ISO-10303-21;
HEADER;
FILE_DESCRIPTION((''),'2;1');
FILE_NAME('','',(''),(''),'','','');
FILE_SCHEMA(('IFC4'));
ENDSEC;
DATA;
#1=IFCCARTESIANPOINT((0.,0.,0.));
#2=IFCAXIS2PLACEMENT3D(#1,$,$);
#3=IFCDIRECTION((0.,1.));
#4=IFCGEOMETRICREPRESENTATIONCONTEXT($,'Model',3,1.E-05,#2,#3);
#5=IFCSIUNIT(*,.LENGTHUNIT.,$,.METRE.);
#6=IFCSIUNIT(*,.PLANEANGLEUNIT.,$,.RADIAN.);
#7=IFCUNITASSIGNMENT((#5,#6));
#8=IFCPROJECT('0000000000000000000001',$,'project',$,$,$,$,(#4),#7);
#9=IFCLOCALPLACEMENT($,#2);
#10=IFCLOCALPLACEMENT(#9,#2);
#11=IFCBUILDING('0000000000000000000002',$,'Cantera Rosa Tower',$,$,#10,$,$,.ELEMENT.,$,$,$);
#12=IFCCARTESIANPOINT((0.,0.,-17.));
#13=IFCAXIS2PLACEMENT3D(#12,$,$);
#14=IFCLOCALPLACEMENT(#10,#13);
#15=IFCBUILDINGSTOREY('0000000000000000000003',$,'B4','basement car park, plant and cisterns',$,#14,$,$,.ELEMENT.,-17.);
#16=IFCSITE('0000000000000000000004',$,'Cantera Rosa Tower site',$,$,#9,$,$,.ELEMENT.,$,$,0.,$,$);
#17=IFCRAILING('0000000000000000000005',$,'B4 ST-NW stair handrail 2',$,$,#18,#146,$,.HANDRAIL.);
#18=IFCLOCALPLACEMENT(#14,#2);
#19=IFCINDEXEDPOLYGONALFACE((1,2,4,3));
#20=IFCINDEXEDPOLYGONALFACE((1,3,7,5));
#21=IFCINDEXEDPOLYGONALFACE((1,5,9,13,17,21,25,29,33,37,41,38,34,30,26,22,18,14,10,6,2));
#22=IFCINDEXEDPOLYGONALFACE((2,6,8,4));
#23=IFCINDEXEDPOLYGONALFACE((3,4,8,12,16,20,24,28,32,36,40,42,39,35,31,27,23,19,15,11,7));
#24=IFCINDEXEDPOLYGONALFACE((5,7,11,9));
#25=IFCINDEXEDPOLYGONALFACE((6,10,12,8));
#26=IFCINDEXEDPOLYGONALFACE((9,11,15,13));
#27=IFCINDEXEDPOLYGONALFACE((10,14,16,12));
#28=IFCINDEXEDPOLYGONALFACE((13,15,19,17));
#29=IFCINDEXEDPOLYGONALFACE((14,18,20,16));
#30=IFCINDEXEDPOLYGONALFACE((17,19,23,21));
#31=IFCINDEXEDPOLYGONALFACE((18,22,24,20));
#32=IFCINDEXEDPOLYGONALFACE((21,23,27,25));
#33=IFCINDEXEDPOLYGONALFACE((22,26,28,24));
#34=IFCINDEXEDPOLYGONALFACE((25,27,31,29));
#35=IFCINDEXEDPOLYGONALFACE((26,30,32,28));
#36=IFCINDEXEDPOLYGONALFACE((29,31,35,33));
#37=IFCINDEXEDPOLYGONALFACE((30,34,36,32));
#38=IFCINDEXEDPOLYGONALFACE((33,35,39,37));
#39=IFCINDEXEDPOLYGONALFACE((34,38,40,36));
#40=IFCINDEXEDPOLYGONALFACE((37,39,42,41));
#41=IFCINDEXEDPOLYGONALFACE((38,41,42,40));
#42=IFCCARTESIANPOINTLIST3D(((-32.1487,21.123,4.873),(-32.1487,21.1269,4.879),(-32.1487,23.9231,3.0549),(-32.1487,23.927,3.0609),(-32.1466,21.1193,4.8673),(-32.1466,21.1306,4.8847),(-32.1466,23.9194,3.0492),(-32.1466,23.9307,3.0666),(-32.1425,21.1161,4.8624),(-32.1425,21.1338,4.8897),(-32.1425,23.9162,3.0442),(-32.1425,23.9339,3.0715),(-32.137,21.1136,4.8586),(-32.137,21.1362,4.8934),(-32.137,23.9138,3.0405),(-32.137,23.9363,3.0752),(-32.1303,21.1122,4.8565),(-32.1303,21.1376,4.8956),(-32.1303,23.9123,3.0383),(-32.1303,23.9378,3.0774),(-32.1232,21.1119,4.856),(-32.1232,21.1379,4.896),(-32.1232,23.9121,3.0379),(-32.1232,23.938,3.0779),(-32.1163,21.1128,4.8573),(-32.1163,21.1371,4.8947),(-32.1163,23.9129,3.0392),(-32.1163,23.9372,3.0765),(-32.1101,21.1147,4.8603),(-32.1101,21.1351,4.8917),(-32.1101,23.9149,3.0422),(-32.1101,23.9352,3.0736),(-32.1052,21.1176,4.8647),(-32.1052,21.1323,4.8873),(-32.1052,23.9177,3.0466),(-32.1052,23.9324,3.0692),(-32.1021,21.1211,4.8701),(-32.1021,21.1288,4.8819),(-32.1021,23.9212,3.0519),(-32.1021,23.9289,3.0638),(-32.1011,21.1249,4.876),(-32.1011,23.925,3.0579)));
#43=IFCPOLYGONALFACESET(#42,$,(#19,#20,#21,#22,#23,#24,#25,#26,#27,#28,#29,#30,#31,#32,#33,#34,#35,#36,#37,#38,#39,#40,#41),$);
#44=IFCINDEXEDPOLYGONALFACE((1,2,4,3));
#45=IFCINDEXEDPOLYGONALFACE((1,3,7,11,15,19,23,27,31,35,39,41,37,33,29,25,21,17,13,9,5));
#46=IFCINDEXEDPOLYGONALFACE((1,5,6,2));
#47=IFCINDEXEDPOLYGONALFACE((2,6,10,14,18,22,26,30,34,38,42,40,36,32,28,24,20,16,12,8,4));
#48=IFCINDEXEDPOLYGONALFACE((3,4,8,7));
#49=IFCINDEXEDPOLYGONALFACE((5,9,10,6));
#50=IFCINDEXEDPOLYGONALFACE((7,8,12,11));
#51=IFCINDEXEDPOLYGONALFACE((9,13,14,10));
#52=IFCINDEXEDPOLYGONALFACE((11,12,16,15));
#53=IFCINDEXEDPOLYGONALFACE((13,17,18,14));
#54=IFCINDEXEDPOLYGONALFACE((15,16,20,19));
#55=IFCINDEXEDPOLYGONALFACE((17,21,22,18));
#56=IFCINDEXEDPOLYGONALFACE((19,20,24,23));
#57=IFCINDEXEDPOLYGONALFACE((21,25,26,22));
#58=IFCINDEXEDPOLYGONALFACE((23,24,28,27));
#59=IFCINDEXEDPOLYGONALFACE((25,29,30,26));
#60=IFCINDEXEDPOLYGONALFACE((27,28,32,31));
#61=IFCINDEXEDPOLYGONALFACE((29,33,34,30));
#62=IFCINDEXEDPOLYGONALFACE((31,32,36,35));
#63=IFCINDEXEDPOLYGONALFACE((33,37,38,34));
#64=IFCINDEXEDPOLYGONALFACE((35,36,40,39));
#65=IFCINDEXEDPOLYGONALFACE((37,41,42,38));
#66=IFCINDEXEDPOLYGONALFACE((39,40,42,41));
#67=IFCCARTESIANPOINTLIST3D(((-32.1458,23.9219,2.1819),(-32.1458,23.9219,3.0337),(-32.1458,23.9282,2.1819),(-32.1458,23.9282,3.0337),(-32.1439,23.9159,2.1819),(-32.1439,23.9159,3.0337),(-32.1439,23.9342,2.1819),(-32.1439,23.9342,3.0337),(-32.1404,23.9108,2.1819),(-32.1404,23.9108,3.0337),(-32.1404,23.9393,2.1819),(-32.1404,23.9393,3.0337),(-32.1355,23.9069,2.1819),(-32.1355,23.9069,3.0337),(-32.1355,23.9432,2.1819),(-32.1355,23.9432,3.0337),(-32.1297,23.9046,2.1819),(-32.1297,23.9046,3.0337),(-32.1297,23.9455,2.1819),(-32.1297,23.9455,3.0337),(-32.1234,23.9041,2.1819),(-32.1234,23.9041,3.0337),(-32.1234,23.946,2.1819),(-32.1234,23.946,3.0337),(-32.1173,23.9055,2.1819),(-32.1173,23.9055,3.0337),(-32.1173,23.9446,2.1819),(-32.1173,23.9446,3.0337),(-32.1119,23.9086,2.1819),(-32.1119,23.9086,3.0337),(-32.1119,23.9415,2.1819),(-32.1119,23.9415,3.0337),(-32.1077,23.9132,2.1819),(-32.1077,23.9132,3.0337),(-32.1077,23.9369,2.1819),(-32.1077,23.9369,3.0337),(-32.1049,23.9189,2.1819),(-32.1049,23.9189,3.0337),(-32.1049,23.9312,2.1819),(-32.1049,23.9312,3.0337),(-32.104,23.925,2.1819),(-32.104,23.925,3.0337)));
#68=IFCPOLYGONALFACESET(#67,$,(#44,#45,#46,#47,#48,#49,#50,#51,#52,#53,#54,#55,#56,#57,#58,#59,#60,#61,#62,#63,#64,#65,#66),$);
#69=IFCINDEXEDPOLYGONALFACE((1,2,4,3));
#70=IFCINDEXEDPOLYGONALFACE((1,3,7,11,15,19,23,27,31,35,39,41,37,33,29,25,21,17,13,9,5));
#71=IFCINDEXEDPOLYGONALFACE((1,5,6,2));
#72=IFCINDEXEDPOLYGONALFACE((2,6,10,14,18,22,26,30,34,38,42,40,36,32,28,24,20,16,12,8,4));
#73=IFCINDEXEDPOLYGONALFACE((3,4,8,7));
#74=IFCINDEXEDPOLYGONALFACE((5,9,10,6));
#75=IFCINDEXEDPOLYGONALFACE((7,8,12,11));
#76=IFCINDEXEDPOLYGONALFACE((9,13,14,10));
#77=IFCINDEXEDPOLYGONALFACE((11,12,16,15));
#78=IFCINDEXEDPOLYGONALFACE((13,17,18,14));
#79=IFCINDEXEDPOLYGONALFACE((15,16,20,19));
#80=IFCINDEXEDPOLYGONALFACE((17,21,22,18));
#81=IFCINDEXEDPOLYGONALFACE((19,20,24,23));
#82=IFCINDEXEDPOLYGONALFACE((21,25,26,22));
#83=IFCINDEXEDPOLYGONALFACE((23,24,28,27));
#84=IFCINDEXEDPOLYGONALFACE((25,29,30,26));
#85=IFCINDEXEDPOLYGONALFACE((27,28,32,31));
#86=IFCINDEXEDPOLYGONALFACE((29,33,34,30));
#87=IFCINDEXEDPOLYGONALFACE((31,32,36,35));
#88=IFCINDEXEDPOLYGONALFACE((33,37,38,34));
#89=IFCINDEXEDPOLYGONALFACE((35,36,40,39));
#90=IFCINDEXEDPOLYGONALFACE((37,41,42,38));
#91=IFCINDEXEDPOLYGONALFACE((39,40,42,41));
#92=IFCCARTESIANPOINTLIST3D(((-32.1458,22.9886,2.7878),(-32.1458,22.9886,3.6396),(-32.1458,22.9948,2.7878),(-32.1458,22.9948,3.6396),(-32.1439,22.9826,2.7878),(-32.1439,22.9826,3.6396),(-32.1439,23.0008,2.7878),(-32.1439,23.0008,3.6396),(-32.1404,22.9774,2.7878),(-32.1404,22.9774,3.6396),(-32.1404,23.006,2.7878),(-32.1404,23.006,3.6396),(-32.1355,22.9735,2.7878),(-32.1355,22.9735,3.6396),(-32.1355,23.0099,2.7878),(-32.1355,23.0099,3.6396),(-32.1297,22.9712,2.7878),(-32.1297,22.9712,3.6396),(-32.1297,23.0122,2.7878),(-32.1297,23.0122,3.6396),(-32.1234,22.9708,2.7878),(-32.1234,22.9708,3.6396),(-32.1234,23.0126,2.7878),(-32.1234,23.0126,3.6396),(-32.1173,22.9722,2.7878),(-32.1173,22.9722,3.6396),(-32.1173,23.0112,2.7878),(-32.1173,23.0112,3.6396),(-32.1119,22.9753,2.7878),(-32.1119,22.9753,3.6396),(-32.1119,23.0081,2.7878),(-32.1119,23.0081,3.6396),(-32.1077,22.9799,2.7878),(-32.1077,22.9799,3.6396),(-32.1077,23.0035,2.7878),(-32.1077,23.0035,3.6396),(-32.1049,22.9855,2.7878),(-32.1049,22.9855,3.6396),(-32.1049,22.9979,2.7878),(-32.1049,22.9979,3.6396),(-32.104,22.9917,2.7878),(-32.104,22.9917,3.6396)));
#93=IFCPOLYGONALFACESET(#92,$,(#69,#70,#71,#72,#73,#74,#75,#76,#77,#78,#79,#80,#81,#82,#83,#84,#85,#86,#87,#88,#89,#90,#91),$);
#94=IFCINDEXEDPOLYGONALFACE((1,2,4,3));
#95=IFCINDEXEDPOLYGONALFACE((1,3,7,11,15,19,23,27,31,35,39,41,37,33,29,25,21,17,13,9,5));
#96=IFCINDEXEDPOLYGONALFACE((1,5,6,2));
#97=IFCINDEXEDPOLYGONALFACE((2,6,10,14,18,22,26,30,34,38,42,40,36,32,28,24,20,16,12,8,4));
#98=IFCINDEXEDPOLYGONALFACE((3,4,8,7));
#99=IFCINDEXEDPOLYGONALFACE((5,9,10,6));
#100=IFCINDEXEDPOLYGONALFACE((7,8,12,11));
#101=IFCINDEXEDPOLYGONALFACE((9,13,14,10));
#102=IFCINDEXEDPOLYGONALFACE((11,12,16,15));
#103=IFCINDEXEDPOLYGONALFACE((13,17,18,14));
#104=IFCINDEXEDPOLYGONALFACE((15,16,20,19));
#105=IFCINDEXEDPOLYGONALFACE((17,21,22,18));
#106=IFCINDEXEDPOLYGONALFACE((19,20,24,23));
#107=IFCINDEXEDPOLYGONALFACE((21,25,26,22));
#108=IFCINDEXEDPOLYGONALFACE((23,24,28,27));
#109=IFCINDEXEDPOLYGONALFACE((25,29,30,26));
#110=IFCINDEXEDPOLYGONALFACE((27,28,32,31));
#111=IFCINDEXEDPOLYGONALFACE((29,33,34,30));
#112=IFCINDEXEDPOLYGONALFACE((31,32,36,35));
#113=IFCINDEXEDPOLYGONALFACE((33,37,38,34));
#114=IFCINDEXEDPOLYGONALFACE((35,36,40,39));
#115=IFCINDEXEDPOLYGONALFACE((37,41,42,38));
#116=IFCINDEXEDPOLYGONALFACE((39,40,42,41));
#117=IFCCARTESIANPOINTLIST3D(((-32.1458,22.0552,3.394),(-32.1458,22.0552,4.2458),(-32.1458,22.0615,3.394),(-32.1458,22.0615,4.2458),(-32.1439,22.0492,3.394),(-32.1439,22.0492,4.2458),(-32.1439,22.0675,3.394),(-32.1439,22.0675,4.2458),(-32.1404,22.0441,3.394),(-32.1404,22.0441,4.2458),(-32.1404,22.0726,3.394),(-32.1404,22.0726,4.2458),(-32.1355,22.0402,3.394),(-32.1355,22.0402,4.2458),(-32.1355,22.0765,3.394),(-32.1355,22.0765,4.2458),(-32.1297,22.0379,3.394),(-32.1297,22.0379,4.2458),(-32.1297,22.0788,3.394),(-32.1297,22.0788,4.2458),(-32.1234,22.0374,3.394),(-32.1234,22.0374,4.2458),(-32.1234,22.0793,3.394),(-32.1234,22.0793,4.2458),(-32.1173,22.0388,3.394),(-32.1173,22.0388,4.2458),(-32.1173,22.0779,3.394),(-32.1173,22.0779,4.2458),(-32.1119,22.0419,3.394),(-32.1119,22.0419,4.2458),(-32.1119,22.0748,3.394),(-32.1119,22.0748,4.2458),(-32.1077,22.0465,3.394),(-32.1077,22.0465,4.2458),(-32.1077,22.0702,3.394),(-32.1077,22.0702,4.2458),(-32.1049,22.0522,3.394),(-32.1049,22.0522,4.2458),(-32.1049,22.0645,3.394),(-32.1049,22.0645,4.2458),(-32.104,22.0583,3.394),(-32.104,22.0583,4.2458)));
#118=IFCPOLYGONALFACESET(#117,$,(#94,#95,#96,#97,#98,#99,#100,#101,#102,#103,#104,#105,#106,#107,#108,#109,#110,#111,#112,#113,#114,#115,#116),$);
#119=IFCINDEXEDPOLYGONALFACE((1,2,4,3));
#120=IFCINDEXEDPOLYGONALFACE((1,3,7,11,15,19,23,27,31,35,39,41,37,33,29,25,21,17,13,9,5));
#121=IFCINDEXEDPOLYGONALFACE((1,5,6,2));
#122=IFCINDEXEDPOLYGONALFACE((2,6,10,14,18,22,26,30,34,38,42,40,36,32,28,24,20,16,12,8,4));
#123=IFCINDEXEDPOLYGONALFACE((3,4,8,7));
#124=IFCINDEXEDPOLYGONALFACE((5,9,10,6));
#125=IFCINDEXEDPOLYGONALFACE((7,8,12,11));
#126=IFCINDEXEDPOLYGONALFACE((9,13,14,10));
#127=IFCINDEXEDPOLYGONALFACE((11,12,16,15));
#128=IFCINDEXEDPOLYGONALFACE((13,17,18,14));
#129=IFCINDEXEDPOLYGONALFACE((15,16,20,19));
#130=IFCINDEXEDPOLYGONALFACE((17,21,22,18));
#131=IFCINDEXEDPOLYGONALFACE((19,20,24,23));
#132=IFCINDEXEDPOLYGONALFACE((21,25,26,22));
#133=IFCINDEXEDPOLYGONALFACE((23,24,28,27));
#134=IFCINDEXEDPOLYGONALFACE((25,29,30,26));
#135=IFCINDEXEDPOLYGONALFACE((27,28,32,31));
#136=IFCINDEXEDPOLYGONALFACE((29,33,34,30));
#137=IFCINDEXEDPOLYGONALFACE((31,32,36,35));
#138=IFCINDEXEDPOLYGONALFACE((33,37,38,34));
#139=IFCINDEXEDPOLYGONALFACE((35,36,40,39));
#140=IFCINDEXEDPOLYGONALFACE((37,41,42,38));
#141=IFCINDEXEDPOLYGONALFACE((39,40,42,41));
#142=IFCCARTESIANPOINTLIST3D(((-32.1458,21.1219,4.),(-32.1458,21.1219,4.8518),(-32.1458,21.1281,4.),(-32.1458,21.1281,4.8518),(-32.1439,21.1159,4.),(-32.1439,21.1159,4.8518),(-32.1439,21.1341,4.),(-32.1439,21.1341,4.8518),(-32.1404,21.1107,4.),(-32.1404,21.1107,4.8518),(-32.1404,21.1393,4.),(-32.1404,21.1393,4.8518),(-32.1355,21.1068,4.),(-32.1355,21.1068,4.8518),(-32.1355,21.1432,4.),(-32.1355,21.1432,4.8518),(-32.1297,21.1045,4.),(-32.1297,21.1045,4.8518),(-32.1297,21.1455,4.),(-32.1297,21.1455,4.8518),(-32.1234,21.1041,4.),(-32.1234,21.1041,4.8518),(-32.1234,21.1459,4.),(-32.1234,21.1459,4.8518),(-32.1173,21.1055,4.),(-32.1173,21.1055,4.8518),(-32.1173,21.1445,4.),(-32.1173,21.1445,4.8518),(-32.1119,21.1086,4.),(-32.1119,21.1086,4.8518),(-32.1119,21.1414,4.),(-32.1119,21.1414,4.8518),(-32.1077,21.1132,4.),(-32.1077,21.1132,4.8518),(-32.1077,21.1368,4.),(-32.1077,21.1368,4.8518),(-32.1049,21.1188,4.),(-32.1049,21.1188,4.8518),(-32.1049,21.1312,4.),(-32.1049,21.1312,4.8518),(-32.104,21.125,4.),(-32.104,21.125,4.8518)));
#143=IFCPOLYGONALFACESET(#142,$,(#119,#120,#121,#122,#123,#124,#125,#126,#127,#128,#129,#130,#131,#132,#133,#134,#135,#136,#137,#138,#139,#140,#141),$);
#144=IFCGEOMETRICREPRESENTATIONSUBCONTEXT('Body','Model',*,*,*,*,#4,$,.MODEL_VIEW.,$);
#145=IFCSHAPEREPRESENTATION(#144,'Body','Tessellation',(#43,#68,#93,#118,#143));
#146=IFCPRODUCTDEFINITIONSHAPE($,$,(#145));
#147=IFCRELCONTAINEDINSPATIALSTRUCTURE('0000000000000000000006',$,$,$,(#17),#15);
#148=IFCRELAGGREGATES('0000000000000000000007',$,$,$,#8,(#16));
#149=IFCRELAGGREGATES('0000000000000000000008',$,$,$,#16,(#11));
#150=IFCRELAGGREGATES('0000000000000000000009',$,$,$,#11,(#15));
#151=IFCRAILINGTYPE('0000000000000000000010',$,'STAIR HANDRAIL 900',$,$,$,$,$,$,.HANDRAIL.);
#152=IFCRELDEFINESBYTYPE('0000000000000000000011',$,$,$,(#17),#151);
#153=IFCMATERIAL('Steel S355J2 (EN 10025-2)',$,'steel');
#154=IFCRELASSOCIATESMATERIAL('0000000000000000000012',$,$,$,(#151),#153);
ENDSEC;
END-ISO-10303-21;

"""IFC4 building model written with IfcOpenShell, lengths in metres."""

from ifc_helpers import new_model, si_unit, direction, frame, origin, origin_2d, place, context, subcontext, project, spatial, circle, extrude, material, type_object, element, save


model = new_model("IFC4")

# Units and contexts
model_context = context("Model", 3, precision=1e-05, world=origin(), true_north=direction((0.0, 1.0)))
body_context = subcontext(model_context, "Body", "Model", "MODEL_VIEW")
ifc_project = project(units=[si_unit("LENGTHUNIT", "METRE"), si_unit("PLANEANGLEUNIT", "RADIAN")], contexts=[model_context])

# Site, building, storey
site_placement = place(None, origin())
site = spatial("IfcSite", under=ifc_project, at=site_placement, Name="Cantera Rosa Tower site", CompositionType="ELEMENT", RefElevation=0.0)
building_placement = place(site_placement, origin())
building = spatial("IfcBuilding", under=site, at=building_placement, Name="Cantera Rosa Tower", CompositionType="ELEMENT")
storey_placement = place(building_placement, frame((0.0, 0.0, -17.0)))
storey = spatial("IfcBuildingStorey", under=building, at=storey_placement, Name="B4", Description="basement car park, plant and cisterns", CompositionType="ELEMENT", Elevation=-17.0)

# Railing
ifc_material_1 = material(Name="Steel S355J2 (EN 10025-2)", Category="steel")
railing_type_1 = type_object("IfcRailingType", Name="STAIR HANDRAIL 900", PredefinedType="HANDRAIL", material=ifc_material_1)
railing_1_placement = place(storey_placement, frame((-32.125, 23.925, 2.1819)))
element("IfcRailing", 1, at=railing_1_placement, inside=storey, type_object=railing_type_1, Name="B4 ST-NW stair handrail 2", PredefinedType="HANDRAIL", context=body_context, shape_type="SweptSolid", body=[
    extrude(circle(Radius=0.0239, at=origin_2d()), frame((0.0, 0.0, 0.876), z_axis=(0.0, -0.838706, 0.544585), x_axis=(1.0, 0.0, 0.0)), (0.0, 0.0, 1.0), 3.3386),
    extrude(circle(Radius=0.021, at=origin_2d()), origin(), (0.0, 0.0, 1.0), 0.8518),
    extrude(circle(Radius=0.021, at=origin_2d()), frame((0.0, -0.9333, 0.606)), (0.0, 0.0, 1.0), 0.8518),
    extrude(circle(Radius=0.021, at=origin_2d()), frame((0.0, -1.8667, 1.2122)), (0.0, 0.0, 1.0), 0.8518),
    extrude(circle(Radius=0.021, at=origin_2d()), frame((0.0, -2.8, 1.8181)), (0.0, 0.0, 1.0), 0.8518),
])

save(model, "model.ifc")
